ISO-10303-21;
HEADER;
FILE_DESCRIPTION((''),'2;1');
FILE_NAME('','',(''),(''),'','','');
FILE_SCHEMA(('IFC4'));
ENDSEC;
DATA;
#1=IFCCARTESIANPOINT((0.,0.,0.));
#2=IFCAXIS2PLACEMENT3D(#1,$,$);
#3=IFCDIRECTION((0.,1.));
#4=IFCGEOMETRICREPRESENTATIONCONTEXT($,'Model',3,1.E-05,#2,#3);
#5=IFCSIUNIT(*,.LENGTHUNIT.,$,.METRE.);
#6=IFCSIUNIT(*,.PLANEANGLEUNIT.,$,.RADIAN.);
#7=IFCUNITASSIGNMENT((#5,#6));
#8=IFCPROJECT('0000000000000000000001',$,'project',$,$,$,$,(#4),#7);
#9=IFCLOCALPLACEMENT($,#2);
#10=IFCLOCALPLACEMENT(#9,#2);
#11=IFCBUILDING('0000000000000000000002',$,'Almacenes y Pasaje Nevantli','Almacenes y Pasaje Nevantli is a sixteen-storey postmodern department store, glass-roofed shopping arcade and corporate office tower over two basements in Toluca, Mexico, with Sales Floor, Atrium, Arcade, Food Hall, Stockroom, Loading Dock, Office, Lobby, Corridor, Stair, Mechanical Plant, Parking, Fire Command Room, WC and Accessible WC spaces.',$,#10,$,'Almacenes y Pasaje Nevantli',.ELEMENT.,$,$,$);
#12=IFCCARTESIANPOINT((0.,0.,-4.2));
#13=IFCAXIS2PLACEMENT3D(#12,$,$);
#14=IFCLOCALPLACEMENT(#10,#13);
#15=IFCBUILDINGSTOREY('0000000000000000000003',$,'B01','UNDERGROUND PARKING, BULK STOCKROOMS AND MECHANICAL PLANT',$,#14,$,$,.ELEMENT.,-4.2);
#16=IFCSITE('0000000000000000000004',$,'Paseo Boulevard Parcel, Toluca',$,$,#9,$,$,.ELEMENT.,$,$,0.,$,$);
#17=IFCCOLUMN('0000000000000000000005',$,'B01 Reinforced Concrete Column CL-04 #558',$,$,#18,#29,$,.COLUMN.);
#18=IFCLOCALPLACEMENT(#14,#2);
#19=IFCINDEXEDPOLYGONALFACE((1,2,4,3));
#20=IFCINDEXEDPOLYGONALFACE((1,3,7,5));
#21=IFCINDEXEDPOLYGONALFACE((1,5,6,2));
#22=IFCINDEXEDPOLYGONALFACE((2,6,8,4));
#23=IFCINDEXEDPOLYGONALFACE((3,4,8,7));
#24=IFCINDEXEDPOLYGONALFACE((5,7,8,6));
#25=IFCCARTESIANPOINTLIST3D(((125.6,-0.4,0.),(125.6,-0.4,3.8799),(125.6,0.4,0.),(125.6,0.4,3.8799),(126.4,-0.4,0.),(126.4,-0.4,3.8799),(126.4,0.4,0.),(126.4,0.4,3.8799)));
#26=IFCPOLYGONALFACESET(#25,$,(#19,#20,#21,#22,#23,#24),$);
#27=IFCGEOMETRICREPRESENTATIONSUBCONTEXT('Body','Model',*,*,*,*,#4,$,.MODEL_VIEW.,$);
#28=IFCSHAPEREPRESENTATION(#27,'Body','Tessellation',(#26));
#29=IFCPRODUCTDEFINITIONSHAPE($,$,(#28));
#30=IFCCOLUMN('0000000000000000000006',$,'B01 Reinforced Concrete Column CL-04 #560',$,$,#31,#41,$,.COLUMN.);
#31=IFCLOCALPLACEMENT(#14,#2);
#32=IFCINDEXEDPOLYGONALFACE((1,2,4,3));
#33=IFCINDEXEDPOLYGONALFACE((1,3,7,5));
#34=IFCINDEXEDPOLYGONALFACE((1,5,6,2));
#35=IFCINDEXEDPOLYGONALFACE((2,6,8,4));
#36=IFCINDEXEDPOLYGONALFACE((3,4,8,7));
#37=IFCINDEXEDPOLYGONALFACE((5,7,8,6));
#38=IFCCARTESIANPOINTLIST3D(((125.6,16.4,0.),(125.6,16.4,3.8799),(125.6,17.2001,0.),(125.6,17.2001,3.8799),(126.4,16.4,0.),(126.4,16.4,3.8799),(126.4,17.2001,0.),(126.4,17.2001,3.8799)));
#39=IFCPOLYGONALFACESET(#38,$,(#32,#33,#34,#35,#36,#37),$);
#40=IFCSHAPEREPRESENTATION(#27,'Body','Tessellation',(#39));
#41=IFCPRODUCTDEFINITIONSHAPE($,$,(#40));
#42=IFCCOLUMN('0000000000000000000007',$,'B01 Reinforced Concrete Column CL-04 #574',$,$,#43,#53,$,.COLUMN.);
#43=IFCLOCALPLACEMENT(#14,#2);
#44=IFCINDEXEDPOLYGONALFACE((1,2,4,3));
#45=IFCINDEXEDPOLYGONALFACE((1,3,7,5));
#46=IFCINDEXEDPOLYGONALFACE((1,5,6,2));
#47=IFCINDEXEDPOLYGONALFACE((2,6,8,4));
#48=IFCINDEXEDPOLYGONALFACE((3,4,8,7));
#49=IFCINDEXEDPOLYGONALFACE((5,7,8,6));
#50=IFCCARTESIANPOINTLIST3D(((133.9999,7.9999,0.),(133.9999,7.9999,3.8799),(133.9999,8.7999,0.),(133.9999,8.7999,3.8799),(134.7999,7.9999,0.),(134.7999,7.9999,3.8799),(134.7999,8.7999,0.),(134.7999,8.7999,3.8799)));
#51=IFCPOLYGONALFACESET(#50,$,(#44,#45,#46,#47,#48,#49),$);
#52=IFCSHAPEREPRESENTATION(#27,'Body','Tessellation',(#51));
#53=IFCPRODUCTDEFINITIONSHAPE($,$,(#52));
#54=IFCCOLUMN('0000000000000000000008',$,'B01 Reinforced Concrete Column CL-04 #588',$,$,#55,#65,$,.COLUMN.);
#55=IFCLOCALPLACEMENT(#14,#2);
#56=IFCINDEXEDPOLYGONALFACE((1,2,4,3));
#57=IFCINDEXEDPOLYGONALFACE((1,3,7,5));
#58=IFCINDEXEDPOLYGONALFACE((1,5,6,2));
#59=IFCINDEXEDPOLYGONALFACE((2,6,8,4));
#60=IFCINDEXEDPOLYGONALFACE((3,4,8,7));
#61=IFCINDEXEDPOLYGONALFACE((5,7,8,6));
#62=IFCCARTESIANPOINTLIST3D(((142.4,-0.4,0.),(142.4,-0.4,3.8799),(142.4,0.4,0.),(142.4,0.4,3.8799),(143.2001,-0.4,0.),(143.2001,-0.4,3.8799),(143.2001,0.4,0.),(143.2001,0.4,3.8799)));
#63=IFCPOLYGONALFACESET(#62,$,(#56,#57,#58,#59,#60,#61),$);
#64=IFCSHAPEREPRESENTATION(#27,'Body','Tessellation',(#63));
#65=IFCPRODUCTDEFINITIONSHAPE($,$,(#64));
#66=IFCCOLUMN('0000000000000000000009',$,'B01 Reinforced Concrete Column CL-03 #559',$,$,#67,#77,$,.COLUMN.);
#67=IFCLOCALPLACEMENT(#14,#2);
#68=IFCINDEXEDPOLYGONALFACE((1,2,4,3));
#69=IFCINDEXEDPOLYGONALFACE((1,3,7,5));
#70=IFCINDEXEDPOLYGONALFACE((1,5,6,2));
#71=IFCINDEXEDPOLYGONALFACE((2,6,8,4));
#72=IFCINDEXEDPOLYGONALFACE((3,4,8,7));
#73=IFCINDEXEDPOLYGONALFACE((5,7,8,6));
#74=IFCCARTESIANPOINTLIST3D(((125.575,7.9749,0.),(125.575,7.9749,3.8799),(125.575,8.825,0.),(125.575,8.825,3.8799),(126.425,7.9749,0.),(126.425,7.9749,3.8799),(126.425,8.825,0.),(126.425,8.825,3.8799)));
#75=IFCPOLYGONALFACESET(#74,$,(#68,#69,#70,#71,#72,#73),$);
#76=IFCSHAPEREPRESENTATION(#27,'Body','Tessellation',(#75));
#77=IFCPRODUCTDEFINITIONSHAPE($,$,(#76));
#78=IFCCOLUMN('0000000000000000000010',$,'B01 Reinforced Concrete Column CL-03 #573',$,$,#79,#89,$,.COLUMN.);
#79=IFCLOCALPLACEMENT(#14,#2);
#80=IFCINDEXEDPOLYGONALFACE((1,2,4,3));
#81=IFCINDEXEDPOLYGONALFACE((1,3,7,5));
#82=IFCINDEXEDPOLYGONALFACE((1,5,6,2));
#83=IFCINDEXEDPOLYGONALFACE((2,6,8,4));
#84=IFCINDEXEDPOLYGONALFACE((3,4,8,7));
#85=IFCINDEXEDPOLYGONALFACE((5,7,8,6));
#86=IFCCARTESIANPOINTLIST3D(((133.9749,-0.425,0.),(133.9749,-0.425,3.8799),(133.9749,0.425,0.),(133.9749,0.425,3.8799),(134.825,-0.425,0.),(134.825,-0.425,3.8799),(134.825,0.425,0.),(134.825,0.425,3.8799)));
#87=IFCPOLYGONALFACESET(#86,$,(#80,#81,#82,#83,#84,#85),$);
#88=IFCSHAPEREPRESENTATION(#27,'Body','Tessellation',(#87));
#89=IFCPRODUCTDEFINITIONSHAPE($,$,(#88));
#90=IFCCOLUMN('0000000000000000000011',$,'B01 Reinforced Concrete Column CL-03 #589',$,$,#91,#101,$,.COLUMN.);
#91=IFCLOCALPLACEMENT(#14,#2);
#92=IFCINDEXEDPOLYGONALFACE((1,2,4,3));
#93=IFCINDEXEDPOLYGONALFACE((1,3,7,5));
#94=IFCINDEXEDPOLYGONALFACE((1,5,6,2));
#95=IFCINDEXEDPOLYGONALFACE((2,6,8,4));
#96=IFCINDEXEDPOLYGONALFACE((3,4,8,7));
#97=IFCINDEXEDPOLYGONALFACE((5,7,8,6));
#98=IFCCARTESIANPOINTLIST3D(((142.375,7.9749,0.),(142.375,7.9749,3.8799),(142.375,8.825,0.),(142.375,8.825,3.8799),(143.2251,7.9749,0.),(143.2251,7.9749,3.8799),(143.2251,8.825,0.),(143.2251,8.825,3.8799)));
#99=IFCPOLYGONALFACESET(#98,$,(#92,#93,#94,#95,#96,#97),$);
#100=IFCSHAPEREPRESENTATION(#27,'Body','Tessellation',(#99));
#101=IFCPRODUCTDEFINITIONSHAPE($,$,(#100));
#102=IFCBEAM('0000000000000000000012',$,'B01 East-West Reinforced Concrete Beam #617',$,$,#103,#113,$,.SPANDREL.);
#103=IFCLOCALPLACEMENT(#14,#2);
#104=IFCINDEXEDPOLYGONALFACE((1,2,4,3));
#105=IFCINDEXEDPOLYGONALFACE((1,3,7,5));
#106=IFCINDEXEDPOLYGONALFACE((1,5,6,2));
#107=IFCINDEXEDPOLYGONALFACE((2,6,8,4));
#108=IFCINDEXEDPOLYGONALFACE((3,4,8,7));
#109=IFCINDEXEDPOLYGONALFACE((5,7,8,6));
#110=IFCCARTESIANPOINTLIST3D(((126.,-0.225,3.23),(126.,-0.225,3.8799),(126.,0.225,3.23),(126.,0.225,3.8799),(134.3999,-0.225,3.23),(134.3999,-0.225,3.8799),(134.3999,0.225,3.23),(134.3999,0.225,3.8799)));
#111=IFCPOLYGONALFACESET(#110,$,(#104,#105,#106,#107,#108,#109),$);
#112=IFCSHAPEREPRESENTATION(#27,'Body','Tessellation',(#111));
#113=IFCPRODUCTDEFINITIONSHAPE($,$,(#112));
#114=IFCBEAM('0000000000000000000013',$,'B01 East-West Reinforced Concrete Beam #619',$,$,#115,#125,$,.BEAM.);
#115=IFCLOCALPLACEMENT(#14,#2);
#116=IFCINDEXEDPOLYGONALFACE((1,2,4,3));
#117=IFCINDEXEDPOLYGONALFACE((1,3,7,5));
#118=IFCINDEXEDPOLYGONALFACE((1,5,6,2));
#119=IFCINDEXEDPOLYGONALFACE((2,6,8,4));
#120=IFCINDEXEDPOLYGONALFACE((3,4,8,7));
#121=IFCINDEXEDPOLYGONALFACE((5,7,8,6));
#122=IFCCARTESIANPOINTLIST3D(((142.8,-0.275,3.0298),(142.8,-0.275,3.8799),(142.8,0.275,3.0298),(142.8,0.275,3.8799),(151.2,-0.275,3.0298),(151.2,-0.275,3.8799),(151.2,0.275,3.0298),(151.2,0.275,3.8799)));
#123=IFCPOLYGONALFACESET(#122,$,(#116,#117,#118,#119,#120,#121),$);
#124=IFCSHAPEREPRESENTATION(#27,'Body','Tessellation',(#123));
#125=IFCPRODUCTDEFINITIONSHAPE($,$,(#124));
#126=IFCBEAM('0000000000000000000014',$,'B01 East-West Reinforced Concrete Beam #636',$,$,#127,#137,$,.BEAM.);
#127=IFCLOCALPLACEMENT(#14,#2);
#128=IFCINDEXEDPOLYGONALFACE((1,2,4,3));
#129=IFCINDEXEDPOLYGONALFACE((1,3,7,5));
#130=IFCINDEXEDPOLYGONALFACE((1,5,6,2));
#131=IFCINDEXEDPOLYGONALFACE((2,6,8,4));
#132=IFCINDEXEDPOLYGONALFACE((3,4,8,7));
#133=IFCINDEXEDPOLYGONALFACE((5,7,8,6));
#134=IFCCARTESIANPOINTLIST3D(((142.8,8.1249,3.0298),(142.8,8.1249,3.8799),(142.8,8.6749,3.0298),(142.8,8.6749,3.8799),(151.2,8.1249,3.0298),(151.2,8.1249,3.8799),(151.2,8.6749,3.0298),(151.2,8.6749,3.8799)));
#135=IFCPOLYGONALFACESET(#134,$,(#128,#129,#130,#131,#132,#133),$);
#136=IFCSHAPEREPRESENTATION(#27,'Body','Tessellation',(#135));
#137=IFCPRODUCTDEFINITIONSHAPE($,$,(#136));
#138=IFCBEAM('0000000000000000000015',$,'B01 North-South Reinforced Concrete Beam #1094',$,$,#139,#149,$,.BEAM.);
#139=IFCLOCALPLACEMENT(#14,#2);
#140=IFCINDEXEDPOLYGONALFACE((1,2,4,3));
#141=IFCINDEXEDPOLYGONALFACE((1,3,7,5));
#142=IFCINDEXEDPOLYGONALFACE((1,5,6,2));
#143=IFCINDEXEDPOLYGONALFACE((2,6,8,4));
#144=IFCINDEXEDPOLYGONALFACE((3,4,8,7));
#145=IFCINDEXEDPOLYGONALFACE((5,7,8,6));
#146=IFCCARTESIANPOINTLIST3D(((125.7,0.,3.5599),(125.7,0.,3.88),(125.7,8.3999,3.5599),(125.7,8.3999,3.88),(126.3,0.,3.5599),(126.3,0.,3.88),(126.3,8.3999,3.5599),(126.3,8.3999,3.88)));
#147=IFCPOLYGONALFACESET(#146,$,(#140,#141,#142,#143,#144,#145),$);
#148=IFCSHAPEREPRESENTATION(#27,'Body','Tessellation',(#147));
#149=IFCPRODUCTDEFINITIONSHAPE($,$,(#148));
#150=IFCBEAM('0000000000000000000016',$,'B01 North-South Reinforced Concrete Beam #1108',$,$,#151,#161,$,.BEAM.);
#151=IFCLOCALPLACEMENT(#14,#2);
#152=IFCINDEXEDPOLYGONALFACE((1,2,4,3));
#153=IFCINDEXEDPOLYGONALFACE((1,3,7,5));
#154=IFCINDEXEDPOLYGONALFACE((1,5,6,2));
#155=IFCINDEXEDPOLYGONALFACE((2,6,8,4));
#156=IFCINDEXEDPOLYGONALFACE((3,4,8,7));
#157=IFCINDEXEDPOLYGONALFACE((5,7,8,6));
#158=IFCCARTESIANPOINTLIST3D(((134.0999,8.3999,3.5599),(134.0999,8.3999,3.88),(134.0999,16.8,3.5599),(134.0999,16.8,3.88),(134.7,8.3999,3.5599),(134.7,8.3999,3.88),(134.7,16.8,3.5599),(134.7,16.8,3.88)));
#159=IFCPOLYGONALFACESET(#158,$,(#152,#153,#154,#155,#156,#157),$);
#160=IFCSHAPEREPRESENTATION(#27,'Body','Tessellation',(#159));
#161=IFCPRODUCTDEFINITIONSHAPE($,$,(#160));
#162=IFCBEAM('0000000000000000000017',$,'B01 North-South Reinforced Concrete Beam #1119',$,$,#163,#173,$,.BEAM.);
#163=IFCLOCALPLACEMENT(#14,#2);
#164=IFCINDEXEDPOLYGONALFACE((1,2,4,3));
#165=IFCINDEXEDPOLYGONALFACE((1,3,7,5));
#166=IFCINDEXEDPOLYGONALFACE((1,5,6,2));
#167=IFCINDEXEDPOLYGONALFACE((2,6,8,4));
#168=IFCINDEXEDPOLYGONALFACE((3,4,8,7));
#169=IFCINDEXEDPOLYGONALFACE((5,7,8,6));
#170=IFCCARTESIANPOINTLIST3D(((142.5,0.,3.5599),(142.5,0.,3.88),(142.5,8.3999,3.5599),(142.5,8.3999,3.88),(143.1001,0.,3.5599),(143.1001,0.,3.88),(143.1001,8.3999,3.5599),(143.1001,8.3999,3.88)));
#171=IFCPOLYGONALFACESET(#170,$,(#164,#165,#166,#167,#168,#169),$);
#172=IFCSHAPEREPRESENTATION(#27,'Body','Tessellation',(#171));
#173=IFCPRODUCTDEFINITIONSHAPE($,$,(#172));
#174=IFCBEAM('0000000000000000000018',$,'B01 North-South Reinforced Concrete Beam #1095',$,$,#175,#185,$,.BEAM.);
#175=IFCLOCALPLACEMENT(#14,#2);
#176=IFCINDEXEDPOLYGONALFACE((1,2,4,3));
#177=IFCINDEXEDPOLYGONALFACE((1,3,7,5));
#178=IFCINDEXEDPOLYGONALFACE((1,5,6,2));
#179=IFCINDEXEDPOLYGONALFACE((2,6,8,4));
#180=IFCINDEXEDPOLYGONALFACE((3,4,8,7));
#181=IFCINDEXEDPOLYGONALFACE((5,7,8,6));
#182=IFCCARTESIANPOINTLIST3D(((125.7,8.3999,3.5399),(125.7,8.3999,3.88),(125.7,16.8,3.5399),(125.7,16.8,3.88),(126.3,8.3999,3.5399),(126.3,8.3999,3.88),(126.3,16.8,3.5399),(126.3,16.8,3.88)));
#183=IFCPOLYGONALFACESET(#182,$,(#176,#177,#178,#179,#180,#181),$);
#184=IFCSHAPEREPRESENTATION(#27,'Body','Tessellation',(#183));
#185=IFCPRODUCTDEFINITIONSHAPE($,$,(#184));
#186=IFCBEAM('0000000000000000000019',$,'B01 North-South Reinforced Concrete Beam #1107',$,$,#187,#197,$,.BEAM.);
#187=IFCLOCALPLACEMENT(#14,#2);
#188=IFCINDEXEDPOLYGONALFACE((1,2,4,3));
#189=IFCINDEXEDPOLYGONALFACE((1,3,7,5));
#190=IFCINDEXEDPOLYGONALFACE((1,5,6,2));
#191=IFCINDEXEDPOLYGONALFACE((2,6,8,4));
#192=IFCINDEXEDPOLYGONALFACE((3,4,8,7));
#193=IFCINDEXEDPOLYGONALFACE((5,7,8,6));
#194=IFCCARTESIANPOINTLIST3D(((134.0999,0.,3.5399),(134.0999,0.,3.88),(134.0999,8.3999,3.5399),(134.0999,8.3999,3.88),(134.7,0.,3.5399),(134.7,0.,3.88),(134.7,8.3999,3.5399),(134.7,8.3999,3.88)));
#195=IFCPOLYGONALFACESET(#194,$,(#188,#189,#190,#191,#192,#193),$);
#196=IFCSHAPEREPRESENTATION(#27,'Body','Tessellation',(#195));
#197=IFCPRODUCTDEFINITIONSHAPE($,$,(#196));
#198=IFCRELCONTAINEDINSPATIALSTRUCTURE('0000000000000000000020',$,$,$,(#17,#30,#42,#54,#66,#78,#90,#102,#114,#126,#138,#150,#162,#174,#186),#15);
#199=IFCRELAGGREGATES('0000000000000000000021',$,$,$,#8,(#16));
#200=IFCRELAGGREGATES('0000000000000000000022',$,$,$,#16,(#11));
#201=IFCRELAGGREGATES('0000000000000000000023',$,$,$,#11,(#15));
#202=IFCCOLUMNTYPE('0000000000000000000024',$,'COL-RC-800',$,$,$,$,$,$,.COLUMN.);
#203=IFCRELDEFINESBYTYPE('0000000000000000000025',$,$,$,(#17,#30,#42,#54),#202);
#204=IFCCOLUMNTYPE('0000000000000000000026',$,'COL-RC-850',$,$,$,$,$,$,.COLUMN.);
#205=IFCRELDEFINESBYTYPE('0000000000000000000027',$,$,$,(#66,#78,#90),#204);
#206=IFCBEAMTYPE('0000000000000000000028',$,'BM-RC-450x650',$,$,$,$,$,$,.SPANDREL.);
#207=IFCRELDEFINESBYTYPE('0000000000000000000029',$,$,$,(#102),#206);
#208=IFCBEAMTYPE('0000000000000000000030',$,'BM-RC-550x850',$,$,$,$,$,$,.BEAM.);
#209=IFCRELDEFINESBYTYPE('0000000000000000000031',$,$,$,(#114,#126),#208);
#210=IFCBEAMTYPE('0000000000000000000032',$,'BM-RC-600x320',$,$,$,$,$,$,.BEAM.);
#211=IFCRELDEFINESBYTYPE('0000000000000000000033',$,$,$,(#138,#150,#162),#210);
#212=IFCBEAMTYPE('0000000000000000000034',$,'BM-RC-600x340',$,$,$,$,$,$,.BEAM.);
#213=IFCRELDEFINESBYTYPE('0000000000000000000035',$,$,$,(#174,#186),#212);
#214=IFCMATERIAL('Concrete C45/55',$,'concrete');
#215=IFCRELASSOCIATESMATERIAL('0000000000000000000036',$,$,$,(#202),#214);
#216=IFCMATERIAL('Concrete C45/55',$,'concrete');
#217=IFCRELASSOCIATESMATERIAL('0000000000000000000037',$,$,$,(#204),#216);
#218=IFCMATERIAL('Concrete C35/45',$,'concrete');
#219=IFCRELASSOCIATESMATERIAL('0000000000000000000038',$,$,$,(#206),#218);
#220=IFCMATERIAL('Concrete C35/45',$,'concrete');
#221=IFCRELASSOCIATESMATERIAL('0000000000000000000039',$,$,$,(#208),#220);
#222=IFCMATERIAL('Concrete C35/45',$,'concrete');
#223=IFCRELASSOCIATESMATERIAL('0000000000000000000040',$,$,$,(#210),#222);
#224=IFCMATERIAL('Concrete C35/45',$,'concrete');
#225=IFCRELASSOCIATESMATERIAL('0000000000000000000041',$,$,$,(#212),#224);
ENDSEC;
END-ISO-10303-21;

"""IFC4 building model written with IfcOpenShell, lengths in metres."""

from ifc_helpers import new_model, si_unit, direction, frame, origin, origin_2d, place, context, subcontext, project, spatial, rectangle, extrude, material, material_profile, profile_set, type_object, element, save


model = new_model("IFC4")

# Units and contexts
model_context = context("Model", 3, precision=1e-05, world=origin(), true_north=direction((0.0, 1.0)))
body_context = subcontext(model_context, "Body", "Model", "MODEL_VIEW")
ifc_project = project(units=[si_unit("LENGTHUNIT", "METRE"), si_unit("PLANEANGLEUNIT", "RADIAN")], contexts=[model_context])

# Site, building, storey
site_placement = place(None, origin())
site = spatial("IfcSite", under=ifc_project, at=site_placement, Name="Paseo Boulevard Parcel, Toluca", CompositionType="ELEMENT", RefElevation=0.0)
building_placement = place(site_placement, origin())
building = spatial("IfcBuilding", under=site, at=building_placement, Name="Almacenes y Pasaje Nevantli", Description="Almacenes y Pasaje Nevantli is a sixteen-storey postmodern department store, glass-roofed shopping arcade and corporate office tower over two basements in Toluca, Mexico, with Sales Floor, Atrium, Arcade, Food Hall, Stockroom, Loading Dock, Office, Lobby, Corridor, Stair, Mechanical Plant, Parking, Fire Command Room, WC and Accessible WC spaces.", LongName="Almacenes y Pasaje Nevantli", CompositionType="ELEMENT")
storey_placement = place(building_placement, frame((0.0, 0.0, -4.2)))
storey = spatial("IfcBuildingStorey", under=building, at=storey_placement, Name="B01", Description="UNDERGROUND PARKING, BULK STOCKROOMS AND MECHANICAL PLANT", CompositionType="ELEMENT", Elevation=-4.2)

# Columns
ifc_material_1 = material(Name="Concrete C45/55", Category="concrete")
ifc_material_profile_1 = material_profile(ifc_material_1, rectangle(XDim=0.8, YDim=0.8, at=origin_2d()), Name="RC-COL-800x800")
ifc_profile_set_1 = profile_set([ifc_material_profile_1], Name="Concrete C45/55")
column_type_1 = type_object("IfcColumnType", Name="COL-RC-800", PredefinedType="COLUMN", material=ifc_profile_set_1)
for number, where, z_axis, x_axis, name in (
    (1, (126.0, 0.0, 0.0), (0.0, 0.0, 1.0), (1.0, 0.0, 0.0), "B01 Reinforced Concrete Column CL-04 #558"),
    (2, (126.0, 16.8, 0.0), (0.0, 0.0, 1.0), (1.0, 0.0, 0.0), "B01 Reinforced Concrete Column CL-04 #560"),
    (3, (134.3999, 8.3999, 0.0), (0.0, 0.0, 1.0), (1.0, 0.0, 0.0), "B01 Reinforced Concrete Column CL-04 #574"),
    (4, (142.8, 0.0, 0.0), (0.0, 0.0, 1.0), (1.0, 0.0, 0.0), "B01 Reinforced Concrete Column CL-04 #588"),
):
    element("IfcColumn", number, at=place(storey_placement, frame(where, z_axis=z_axis, x_axis=x_axis)), inside=storey, type_object=column_type_1, Name=name, PredefinedType="COLUMN", context=body_context, shape_type="SweptSolid", body=[
        extrude(rectangle(XDim=0.8, YDim=0.8, at=origin_2d()), origin(), (0.0, 0.0, 1.0), 3.8799),
    ])
ifc_material_2 = material(Name="Concrete C45/55", Category="concrete")
ifc_material_profile_2 = material_profile(ifc_material_2, rectangle(XDim=0.8501, YDim=0.8501, at=origin_2d()), Name="RC-COL-850x850")
ifc_profile_set_2 = profile_set([ifc_material_profile_2], Name="Concrete C45/55")
column_type_2 = type_object("IfcColumnType", Name="COL-RC-850", PredefinedType="COLUMN", material=ifc_profile_set_2)
for number, where, z_axis, x_axis, name in (
    (5, (126.0, 8.3999, 0.0), (0.0, 0.0, 1.0), (1.0, 0.0, 0.0), "B01 Reinforced Concrete Column CL-03 #559"),
    (6, (134.3999, 0.0, 0.0), (0.0, 0.0, 1.0), (1.0, 0.0, 0.0), "B01 Reinforced Concrete Column CL-03 #573"),
    (7, (142.8, 8.3999, 0.0), (0.0, 0.0, 1.0), (1.0, 0.0, 0.0), "B01 Reinforced Concrete Column CL-03 #589"),
):
    element("IfcColumn", number, at=place(storey_placement, frame(where, z_axis=z_axis, x_axis=x_axis)), inside=storey, type_object=column_type_2, Name=name, PredefinedType="COLUMN", context=body_context, shape_type="SweptSolid", body=[
        extrude(rectangle(XDim=0.8501, YDim=0.8501, at=origin_2d()), origin(), (0.0, 0.0, 1.0), 3.8799),
    ])

# Beams
ifc_material_3 = material(Name="Concrete C35/45", Category="concrete")
ifc_material_profile_3 = material_profile(ifc_material_3, rectangle(XDim=0.45, YDim=0.6499, at=origin_2d()), Name="RC-BM-450x650")
ifc_profile_set_3 = profile_set([ifc_material_profile_3], Name="Concrete C35/45")
beam_type_1 = type_object("IfcBeamType", Name="BM-RC-450x650", PredefinedType="SPANDREL", material=ifc_profile_set_3)
beam_1_placement = place(storey_placement, frame((126.0, 0.0, 3.5549), z_axis=(1.0, 0.0, 0.0), x_axis=(0.0, 1.0, 0.0)))
element("IfcBeam", 8, at=beam_1_placement, inside=storey, type_object=beam_type_1, Name="B01 East-West Reinforced Concrete Beam #617", PredefinedType="SPANDREL", context=body_context, shape_type="SweptSolid", body=[
    extrude(rectangle(XDim=0.45, YDim=0.6499, at=origin_2d()), origin(), (0.0, 0.0, 1.0), 8.3999),
])
ifc_material_4 = material(Name="Concrete C35/45", Category="concrete")
ifc_material_profile_4 = material_profile(ifc_material_4, rectangle(XDim=0.55, YDim=0.8501, at=origin_2d()), Name="RC-BM-550x850")
ifc_profile_set_4 = profile_set([ifc_material_profile_4], Name="Concrete C35/45")
beam_type_2 = type_object("IfcBeamType", Name="BM-RC-550x850", PredefinedType="BEAM", material=ifc_profile_set_4)
for number, where, z_axis, x_axis, name in (
    (9, (142.8, 0.0, 3.4548), (1.0, 0.0, 0.0), (0.0, 1.0, 0.0), "B01 East-West Reinforced Concrete Beam #619"),
    (10, (142.8, 8.3999, 3.4548), (1.0, 0.0, 0.0), (0.0, 1.0, 0.0), "B01 East-West Reinforced Concrete Beam #636"),
):
    element("IfcBeam", number, at=place(storey_placement, frame(where, z_axis=z_axis, x_axis=x_axis)), inside=storey, type_object=beam_type_2, Name=name, PredefinedType="BEAM", context=body_context, shape_type="SweptSolid", body=[
        extrude(rectangle(XDim=0.55, YDim=0.8501, at=origin_2d()), origin(), (0.0, 0.0, 1.0), 8.3999),
    ])
ifc_material_5 = material(Name="Concrete C35/45", Category="concrete")
ifc_material_profile_5 = material_profile(ifc_material_5, rectangle(XDim=0.6001, YDim=0.3201, at=origin_2d()), Name="RC-BM-600x320")
ifc_profile_set_5 = profile_set([ifc_material_profile_5], Name="Concrete C35/45")
beam_type_3 = type_object("IfcBeamType", Name="BM-RC-600x320", PredefinedType="BEAM", material=ifc_profile_set_5)
beam_2_placement = place(storey_placement, frame((126.0, 0.0, 3.72), z_axis=(0.0, 1.0, 0.0), x_axis=(-1.0, 0.0, 0.0)))
element("IfcBeam", 11, at=beam_2_placement, inside=storey, type_object=beam_type_3, Name="B01 North-South Reinforced Concrete Beam #1094", PredefinedType="BEAM", context=body_context, shape_type="SweptSolid", body=[
    extrude(rectangle(XDim=0.6001, YDim=0.3201, at=origin_2d()), origin(), (0.0, 0.0, 1.0), 8.3999),
])
beam_3_placement = place(storey_placement, frame((134.3999, 8.3999, 3.72), z_axis=(0.0, 1.0, 0.0), x_axis=(-1.0, 0.0, 0.0)))
element("IfcBeam", 12, at=beam_3_placement, inside=storey, type_object=beam_type_3, Name="B01 North-South Reinforced Concrete Beam #1108", PredefinedType="BEAM", context=body_context, shape_type="SweptSolid", body=[
    extrude(rectangle(XDim=0.6001, YDim=0.3201, at=origin_2d()), origin(), (0.0, 0.0, 1.0), 8.4001),
])
beam_4_placement = place(storey_placement, frame((142.8, 0.0, 3.72), z_axis=(0.0, 1.0, 0.0), x_axis=(-1.0, 0.0, 0.0)))
element("IfcBeam", 13, at=beam_4_placement, inside=storey, type_object=beam_type_3, Name="B01 North-South Reinforced Concrete Beam #1119", PredefinedType="BEAM", context=body_context, shape_type="SweptSolid", body=[
    extrude(rectangle(XDim=0.6001, YDim=0.3201, at=origin_2d()), origin(), (0.0, 0.0, 1.0), 8.3999),
])
ifc_material_6 = material(Name="Concrete C35/45", Category="concrete")
ifc_material_profile_6 = material_profile(ifc_material_6, rectangle(XDim=0.6001, YDim=0.3401, at=origin_2d()), Name="RC-BM-600x340")
ifc_profile_set_6 = profile_set([ifc_material_profile_6], Name="Concrete C35/45")
beam_type_4 = type_object("IfcBeamType", Name="BM-RC-600x340", PredefinedType="BEAM", material=ifc_profile_set_6)
beam_5_placement = place(storey_placement, frame((126.0, 8.3999, 3.71), z_axis=(0.0, 1.0, 0.0), x_axis=(-1.0, 0.0, 0.0)))
element("IfcBeam", 14, at=beam_5_placement, inside=storey, type_object=beam_type_4, Name="B01 North-South Reinforced Concrete Beam #1095", PredefinedType="BEAM", context=body_context, shape_type="SweptSolid", body=[
    extrude(rectangle(XDim=0.6001, YDim=0.3401, at=origin_2d()), origin(), (0.0, 0.0, 1.0), 8.4001),
])
beam_6_placement = place(storey_placement, frame((134.3999, 0.0, 3.71), z_axis=(0.0, 1.0, 0.0), x_axis=(-1.0, 0.0, 0.0)))
element("IfcBeam", 15, at=beam_6_placement, inside=storey, type_object=beam_type_4, Name="B01 North-South Reinforced Concrete Beam #1107", PredefinedType="BEAM", context=body_context, shape_type="SweptSolid", body=[
    extrude(rectangle(XDim=0.6001, YDim=0.3401, at=origin_2d()), origin(), (0.0, 0.0, 1.0), 8.3999),
])

save(model, "model.ifc")
